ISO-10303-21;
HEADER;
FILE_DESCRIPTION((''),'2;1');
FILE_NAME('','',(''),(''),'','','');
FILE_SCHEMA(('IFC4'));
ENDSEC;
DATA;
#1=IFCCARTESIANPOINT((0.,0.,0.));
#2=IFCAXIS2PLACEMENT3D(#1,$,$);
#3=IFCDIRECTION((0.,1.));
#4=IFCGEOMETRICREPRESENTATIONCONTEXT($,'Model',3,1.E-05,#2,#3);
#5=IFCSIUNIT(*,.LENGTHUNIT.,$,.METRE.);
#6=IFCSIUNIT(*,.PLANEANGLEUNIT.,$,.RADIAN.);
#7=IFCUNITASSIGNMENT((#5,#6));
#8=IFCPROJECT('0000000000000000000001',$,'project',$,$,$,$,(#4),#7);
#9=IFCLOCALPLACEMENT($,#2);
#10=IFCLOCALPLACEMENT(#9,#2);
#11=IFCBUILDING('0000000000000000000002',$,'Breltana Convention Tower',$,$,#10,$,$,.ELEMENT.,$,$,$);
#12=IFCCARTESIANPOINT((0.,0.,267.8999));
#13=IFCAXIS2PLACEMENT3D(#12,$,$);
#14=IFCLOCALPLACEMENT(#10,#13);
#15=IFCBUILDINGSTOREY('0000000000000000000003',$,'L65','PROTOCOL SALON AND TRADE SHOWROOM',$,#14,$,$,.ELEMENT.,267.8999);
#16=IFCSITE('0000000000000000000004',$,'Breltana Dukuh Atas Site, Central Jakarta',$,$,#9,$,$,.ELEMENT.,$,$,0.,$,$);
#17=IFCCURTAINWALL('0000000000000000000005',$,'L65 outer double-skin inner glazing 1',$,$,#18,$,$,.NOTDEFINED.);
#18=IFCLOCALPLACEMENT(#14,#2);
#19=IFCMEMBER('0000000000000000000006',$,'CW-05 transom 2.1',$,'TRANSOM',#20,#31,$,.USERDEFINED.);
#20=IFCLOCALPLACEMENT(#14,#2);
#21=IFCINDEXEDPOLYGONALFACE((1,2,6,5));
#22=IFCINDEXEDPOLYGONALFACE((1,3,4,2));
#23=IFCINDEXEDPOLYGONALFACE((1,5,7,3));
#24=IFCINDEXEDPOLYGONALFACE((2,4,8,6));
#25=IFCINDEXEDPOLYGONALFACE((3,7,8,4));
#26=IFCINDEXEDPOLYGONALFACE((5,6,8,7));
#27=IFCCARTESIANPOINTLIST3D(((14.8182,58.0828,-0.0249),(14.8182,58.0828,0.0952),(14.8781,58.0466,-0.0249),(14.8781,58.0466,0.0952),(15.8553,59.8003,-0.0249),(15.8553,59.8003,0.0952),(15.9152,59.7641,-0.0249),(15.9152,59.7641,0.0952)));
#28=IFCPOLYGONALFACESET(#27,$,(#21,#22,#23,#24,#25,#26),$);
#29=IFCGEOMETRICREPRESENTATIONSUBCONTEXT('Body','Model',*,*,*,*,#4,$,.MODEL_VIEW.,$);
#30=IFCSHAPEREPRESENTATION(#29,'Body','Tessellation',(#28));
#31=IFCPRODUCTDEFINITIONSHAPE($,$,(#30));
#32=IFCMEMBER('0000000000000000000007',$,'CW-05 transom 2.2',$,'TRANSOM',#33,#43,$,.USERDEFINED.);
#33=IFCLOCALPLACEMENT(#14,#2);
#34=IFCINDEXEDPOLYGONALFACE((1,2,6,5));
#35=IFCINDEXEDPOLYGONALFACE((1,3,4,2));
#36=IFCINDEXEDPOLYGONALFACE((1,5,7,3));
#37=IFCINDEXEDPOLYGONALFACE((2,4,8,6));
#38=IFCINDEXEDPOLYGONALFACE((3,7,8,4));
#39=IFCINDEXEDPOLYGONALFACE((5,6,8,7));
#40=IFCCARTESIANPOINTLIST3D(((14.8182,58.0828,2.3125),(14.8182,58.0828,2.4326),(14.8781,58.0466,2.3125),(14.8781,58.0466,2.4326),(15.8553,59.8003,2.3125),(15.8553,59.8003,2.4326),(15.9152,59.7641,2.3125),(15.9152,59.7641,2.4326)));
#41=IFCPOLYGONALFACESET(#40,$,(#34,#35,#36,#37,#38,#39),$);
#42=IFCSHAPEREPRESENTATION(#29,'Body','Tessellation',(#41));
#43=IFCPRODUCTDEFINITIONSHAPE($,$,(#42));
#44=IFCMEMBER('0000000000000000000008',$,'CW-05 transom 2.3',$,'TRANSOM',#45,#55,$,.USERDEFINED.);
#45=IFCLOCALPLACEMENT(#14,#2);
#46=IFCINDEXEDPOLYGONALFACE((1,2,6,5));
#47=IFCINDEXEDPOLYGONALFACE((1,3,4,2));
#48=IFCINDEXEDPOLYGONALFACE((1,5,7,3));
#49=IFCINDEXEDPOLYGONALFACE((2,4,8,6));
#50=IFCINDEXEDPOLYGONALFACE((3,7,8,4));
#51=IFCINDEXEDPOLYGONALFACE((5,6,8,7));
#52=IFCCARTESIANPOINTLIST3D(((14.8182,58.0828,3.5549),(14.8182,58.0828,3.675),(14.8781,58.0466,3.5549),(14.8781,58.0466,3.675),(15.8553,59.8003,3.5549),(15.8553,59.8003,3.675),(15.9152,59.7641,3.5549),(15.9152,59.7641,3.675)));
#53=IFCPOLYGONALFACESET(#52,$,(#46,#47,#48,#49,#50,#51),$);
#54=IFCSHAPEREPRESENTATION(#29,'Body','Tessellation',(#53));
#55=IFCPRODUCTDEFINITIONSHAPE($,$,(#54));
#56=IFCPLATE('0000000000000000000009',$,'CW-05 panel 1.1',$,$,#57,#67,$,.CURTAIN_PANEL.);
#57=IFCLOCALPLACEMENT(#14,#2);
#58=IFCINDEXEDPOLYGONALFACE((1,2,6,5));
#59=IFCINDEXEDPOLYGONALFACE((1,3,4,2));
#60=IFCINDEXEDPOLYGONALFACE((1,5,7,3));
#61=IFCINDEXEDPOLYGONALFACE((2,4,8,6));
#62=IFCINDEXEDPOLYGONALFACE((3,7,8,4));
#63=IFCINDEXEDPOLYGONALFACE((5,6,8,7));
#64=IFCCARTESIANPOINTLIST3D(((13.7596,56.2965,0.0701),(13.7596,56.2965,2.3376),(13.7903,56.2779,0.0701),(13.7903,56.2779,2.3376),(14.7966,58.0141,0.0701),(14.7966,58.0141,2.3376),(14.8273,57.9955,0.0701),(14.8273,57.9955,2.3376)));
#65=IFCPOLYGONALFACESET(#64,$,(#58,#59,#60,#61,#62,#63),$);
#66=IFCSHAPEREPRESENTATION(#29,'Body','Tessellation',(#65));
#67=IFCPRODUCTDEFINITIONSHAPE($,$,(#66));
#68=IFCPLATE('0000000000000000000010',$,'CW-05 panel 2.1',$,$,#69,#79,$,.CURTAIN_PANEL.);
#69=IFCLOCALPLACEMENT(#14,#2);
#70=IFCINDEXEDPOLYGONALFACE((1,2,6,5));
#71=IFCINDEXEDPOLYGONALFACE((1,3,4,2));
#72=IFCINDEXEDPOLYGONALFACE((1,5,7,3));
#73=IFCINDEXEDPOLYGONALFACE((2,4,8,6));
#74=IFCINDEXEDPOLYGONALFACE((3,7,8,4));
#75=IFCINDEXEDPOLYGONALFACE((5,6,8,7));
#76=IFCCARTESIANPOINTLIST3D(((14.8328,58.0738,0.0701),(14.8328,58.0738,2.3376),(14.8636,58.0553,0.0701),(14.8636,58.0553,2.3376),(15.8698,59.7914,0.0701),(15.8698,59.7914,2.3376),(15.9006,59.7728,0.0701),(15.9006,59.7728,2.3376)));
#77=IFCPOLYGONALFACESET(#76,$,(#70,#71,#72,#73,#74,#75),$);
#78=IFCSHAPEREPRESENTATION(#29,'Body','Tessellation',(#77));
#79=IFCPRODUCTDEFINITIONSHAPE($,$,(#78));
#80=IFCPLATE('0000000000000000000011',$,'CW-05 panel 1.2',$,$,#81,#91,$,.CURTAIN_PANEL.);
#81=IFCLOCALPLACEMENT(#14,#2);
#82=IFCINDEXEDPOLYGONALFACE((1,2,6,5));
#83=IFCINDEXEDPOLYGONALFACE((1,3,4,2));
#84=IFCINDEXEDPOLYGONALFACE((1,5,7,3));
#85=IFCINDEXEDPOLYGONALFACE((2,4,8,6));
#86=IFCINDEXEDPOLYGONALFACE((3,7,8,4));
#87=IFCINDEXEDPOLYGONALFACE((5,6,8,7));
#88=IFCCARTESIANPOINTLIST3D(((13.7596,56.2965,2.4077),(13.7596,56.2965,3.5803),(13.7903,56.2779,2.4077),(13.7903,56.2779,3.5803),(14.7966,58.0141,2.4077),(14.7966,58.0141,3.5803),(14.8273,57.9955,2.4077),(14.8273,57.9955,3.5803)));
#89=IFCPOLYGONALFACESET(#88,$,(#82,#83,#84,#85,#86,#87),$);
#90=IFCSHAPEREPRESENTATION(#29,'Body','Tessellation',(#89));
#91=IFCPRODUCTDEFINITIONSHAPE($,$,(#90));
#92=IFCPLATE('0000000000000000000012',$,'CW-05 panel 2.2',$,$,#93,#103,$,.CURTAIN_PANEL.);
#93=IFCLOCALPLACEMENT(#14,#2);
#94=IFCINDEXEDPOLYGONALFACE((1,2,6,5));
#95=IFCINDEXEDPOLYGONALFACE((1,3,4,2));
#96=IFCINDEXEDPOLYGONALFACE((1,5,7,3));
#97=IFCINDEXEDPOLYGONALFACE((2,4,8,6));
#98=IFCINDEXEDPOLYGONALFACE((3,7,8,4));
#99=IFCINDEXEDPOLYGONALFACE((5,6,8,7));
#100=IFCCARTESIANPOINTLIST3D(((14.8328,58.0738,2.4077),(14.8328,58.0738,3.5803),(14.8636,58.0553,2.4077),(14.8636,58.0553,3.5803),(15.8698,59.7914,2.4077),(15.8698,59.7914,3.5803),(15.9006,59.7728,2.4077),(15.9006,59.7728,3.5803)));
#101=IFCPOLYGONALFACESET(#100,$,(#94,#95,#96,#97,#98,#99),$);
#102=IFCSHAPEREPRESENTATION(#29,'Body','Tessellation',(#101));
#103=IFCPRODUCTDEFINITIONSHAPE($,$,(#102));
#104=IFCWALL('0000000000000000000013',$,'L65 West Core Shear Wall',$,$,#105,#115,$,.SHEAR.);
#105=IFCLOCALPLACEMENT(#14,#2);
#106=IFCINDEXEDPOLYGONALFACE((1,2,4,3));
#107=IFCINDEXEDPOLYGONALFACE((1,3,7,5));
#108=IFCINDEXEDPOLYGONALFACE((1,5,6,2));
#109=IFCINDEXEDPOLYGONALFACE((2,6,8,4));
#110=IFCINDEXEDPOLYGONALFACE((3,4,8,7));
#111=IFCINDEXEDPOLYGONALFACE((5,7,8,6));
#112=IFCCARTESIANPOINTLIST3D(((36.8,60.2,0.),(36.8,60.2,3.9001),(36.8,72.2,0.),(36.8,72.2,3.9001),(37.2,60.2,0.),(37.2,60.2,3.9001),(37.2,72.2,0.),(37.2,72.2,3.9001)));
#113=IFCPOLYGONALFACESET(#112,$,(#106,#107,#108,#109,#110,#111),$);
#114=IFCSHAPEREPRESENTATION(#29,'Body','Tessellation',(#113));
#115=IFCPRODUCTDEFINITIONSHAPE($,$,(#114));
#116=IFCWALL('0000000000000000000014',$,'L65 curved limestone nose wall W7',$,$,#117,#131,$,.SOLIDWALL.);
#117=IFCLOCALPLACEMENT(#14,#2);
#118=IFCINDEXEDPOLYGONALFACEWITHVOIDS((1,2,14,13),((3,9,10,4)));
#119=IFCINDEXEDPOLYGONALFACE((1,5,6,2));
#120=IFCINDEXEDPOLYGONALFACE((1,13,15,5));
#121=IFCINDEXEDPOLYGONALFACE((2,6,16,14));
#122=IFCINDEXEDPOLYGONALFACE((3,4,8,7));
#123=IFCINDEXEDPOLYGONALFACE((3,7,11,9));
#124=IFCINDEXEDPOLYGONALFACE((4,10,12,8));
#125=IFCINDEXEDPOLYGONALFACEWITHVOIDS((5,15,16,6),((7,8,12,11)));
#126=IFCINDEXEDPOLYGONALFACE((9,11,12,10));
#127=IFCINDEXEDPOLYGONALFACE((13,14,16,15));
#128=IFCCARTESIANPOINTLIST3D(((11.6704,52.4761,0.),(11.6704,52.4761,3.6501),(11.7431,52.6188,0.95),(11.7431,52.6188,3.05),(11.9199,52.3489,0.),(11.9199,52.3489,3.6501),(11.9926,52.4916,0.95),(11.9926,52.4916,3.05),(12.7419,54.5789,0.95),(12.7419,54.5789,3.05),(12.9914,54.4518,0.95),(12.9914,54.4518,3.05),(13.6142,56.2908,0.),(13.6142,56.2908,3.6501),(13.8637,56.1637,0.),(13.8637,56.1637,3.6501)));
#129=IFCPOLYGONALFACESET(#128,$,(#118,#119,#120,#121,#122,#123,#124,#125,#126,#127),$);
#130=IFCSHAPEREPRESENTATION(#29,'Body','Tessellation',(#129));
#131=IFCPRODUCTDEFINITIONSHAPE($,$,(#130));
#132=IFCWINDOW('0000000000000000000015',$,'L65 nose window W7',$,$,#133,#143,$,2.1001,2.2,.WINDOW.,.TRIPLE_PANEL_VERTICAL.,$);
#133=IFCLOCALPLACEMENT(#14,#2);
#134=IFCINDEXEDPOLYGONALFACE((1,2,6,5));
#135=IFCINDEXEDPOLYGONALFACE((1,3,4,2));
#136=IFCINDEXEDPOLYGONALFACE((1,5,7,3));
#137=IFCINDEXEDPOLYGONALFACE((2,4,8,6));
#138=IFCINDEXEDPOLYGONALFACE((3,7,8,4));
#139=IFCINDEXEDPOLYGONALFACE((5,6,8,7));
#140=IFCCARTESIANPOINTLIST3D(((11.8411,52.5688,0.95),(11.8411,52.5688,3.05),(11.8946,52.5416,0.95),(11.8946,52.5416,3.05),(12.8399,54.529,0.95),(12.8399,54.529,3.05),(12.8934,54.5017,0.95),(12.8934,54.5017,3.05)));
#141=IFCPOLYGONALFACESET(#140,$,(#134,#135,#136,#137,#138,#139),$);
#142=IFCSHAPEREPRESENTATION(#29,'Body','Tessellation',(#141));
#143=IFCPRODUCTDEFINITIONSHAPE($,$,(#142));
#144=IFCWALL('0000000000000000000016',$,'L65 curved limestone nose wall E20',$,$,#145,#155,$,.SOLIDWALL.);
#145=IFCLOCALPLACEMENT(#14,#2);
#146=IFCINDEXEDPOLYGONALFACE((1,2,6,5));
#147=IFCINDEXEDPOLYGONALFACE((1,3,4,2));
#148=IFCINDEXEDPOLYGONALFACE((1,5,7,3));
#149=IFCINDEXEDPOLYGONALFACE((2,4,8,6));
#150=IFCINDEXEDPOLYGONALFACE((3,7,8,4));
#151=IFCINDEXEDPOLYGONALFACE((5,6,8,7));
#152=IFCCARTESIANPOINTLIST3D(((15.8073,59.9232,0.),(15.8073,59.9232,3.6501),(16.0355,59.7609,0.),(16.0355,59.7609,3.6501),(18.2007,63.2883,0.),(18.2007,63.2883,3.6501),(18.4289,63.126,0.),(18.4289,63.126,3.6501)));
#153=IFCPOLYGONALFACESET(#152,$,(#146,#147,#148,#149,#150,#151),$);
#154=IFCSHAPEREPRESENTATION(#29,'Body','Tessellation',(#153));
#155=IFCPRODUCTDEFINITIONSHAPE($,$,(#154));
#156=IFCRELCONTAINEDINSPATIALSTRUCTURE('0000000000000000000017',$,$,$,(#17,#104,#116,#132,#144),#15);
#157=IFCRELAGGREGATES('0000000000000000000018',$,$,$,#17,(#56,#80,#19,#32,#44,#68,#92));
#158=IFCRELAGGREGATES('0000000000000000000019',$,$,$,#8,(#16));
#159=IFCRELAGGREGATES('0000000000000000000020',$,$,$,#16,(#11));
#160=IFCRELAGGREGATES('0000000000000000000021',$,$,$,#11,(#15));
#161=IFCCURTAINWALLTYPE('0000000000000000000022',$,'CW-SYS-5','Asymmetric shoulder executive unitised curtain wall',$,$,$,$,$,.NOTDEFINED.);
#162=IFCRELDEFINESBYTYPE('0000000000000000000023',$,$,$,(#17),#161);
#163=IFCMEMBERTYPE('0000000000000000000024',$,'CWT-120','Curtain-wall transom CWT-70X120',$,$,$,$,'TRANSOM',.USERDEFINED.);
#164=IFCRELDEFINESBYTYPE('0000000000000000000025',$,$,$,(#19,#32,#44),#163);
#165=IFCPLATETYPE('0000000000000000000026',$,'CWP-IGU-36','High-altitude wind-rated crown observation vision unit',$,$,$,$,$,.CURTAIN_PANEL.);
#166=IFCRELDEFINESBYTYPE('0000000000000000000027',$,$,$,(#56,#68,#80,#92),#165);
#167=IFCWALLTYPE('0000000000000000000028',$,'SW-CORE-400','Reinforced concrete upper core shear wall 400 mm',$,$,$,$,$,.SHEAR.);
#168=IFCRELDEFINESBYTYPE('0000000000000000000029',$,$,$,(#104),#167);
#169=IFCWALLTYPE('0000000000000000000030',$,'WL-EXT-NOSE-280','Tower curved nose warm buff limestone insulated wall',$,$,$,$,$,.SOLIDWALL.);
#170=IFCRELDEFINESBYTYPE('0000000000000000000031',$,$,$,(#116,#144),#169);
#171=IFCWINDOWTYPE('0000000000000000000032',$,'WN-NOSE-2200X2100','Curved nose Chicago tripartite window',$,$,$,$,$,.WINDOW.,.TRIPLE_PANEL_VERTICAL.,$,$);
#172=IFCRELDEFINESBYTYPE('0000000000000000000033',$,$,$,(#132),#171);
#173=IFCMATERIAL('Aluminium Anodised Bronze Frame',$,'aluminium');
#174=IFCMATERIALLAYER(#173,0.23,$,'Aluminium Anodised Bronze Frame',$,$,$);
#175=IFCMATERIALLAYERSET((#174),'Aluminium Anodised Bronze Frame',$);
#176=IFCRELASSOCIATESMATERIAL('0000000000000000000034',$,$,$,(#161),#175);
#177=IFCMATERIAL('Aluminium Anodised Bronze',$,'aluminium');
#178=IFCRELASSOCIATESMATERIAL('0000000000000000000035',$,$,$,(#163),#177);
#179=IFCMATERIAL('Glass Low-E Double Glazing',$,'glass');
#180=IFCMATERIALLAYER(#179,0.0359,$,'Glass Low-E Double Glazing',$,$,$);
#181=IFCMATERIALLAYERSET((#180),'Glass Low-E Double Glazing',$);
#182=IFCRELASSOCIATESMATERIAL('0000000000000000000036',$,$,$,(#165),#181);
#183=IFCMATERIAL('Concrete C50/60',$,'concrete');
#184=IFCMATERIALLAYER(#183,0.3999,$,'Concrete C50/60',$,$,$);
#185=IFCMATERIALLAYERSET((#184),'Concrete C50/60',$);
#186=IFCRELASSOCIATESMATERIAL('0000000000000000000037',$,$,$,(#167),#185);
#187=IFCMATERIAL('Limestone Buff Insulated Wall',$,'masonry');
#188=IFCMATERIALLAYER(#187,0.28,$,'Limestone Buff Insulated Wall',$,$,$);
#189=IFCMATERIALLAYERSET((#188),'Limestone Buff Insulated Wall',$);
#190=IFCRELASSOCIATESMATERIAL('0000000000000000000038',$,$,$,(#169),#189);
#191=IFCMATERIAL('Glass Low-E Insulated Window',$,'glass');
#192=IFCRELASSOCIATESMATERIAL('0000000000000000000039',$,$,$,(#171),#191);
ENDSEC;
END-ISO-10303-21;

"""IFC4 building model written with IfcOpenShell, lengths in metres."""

from ifc_helpers import new_model, si_unit, direction, frame, frame_2d, origin, origin_2d, place, context, subcontext, project, spatial, rectangle, extrude, source, transform, mapped, material, layer, layer_set, material_profile, profile_set, type_object, type_shapes, element, fill, aggregate, save


model = new_model("IFC4")

# Units and contexts
model_context = context("Model", 3, precision=1e-05, world=origin(), true_north=direction((0.0, 1.0)))
body_context = subcontext(model_context, "Body", "Model", "MODEL_VIEW")
ifc_project = project(units=[si_unit("LENGTHUNIT", "METRE"), si_unit("PLANEANGLEUNIT", "RADIAN")], contexts=[model_context])

# Site, building, storey
site_placement = place(None, origin())
site = spatial("IfcSite", under=ifc_project, at=site_placement, Name="Breltana Dukuh Atas Site, Central Jakarta", CompositionType="ELEMENT", RefElevation=0.0)
building_placement = place(site_placement, origin())
building = spatial("IfcBuilding", under=site, at=building_placement, Name="Breltana Convention Tower", CompositionType="ELEMENT")
storey_placement = place(building_placement, frame((0.0, 0.0, 267.8999)))
storey = spatial("IfcBuildingStorey", under=building, at=storey_placement, Name="L65", Description="PROTOCOL SALON AND TRADE SHOWROOM", CompositionType="ELEMENT", Elevation=267.8999)

# Shared definitions
ifc_material_1 = material(Name="Concrete C50/60", Category="concrete")

# Curtain wall, members, plates
ifc_material_2 = material(Name="Aluminium Anodised Bronze Frame", Category="aluminium")
ifc_layer_1 = layer(ifc_material_2, 0.23, Name="Aluminium Anodised Bronze Frame")
ifc_layer_set_1 = layer_set([ifc_layer_1], Name="Aluminium Anodised Bronze Frame")
curtain_wall_type = type_object("IfcCurtainWallType", Name="CW-SYS-5", Description="Asymmetric shoulder executive unitised curtain wall", PredefinedType="NOTDEFINED", material=ifc_layer_set_1)
curtain_wall_placement = place(storey_placement, origin())
curtain_wall = element("IfcCurtainWall", 1, at=curtain_wall_placement, inside=storey, type_object=curtain_wall_type, Name="L65 outer double-skin inner glazing 1", PredefinedType="NOTDEFINED")
ifc_material_3 = material(Name="Aluminium Anodised Bronze", Category="aluminium")
ifc_material_profile_1 = material_profile(ifc_material_3, rectangle(XDim=0.0701, YDim=0.1201, at=origin_2d()), Name="CWT-70X120")
ifc_profile_set_1 = profile_set([ifc_material_profile_1], Name="Aluminium Anodised Bronze")
member_type_1 = type_object("IfcMemberType", Name="CWT-120", Description="Curtain-wall transom CWT-70X120", ElementType="TRANSOM", PredefinedType="USERDEFINED", material=ifc_profile_set_1)
shared_shape_1 = source(origin(), body_context, "Body", "SweptSolid", [
    extrude(rectangle(XDim=0.0701, YDim=0.1201, at=origin_2d()), origin(), (0.0, 0.0, 1.0), 2.0063),
])
member_1_placement = place(storey_placement, frame((14.8481, 58.0647, 0.0352), z_axis=(0.516909, 0.85604, 0.0), x_axis=(-0.85604, 0.516909, 0.0)))
member_1 = element("IfcMember", 2, at=member_1_placement, type_object=member_type_1, Name="CW-05 transom 2.1", ObjectType="TRANSOM", PredefinedType="USERDEFINED", context=body_context, shape_type="MappedRepresentation", body=[
    mapped(shared_shape_1, transform((0.0, 0.0, 0.0), scale=1.0)),
])
member_2_placement = place(storey_placement, frame((14.8481, 58.0647, 2.3726), z_axis=(0.516909, 0.85604, 0.0), x_axis=(-0.85604, 0.516909, 0.0)))
member_2 = element("IfcMember", 3, at=member_2_placement, type_object=member_type_1, Name="CW-05 transom 2.2", ObjectType="TRANSOM", PredefinedType="USERDEFINED", context=body_context, shape_type="MappedRepresentation", body=[
    mapped(shared_shape_1, transform((0.0, 0.0, 0.0), scale=1.0)),
])
member_3_placement = place(storey_placement, frame((14.8481, 58.0647, 3.615), z_axis=(0.516909, 0.85604, 0.0), x_axis=(-0.85604, 0.516909, 0.0)))
member_3 = element("IfcMember", 4, at=member_3_placement, type_object=member_type_1, Name="CW-05 transom 2.3", ObjectType="TRANSOM", PredefinedType="USERDEFINED", context=body_context, shape_type="MappedRepresentation", body=[
    mapped(shared_shape_1, transform((0.0, 0.0, 0.0), scale=1.0)),
])
ifc_material_4 = material(Name="Glass Low-E Double Glazing", Category="glass")
ifc_layer_2 = layer(ifc_material_4, 0.0359, Name="Glass Low-E Double Glazing")
ifc_layer_set_2 = layer_set([ifc_layer_2], Name="Glass Low-E Double Glazing")
plate_type = type_object("IfcPlateType", Name="CWP-IGU-36", Description="High-altitude wind-rated crown observation vision unit", PredefinedType="CURTAIN_PANEL", material=ifc_layer_set_2)
shared_shape_2 = source(origin(), body_context, "Body", "SweptSolid", [
    extrude(rectangle(XDim=2.0063, YDim=0.0359, at=origin_2d()), origin(), (0.0, 0.0, 1.0), 2.2676),
])
plate_1_placement = place(storey_placement, frame((14.2935, 57.146, 0.0701), z_axis=(0.0, 0.0, 1.0), x_axis=(0.516865, 0.856067, 0.0)))
plate_1 = element("IfcPlate", 5, at=plate_1_placement, type_object=plate_type, Name="CW-05 panel 1.1", PredefinedType="CURTAIN_PANEL", context=body_context, shape_type="MappedRepresentation", body=[
    mapped(shared_shape_2, transform((0.0, 0.0, 0.0), scale=1.0)),
])
plate_2_placement = place(storey_placement, frame((15.3667, 58.9233, 0.0701), z_axis=(0.0, 0.0, 1.0), x_axis=(0.516865, 0.856067, 0.0)))
plate_2 = element("IfcPlate", 6, at=plate_2_placement, type_object=plate_type, Name="CW-05 panel 2.1", PredefinedType="CURTAIN_PANEL", context=body_context, shape_type="MappedRepresentation", body=[
    mapped(shared_shape_2, transform((0.0, 0.0, 0.0), scale=1.0)),
])
shared_shape_3 = source(origin(), body_context, "Body", "SweptSolid", [
    extrude(rectangle(XDim=2.0063, YDim=0.0359, at=origin_2d()), origin(), (0.0, 0.0, 1.0), 1.1726),
])
plate_3_placement = place(storey_placement, frame((14.2935, 57.146, 2.4077), z_axis=(0.0, 0.0, 1.0), x_axis=(0.516865, 0.856067, 0.0)))
plate_3 = element("IfcPlate", 7, at=plate_3_placement, type_object=plate_type, Name="CW-05 panel 1.2", PredefinedType="CURTAIN_PANEL", context=body_context, shape_type="MappedRepresentation", body=[
    mapped(shared_shape_3, transform((0.0, 0.0, 0.0), scale=1.0)),
])
plate_4_placement = place(storey_placement, frame((15.3667, 58.9233, 2.4077), z_axis=(0.0, 0.0, 1.0), x_axis=(0.516865, 0.856067, 0.0)))
plate_4 = element("IfcPlate", 8, at=plate_4_placement, type_object=plate_type, Name="CW-05 panel 2.2", PredefinedType="CURTAIN_PANEL", context=body_context, shape_type="MappedRepresentation", body=[
    mapped(shared_shape_3, transform((0.0, 0.0, 0.0), scale=1.0)),
])
aggregate(curtain_wall, [plate_1, plate_3, member_1, member_2, member_3, plate_2, plate_4])

# Wall
ifc_layer_3 = layer(ifc_material_1, 0.3999, Name="Concrete C50/60")
ifc_layer_set_3 = layer_set([ifc_layer_3], Name="Concrete C50/60")
wall_type_1 = type_object("IfcWallType", Name="SW-CORE-400", Description="Reinforced concrete upper core shear wall 400 mm", PredefinedType="SHEAR", material=ifc_layer_set_3)
shared_shape_4 = source(origin(), body_context, "Body", "SweptSolid", [
    extrude(rectangle(XDim=12.0, YDim=0.3999, at=frame_2d((6.0, 0.0))), origin(), (0.0, 0.0, 1.0), 3.9001),
])
wall_1_placement = place(storey_placement, frame((37.0, 60.2, 0.0), z_axis=(0.0, 0.0, 1.0), x_axis=(0.0, 1.0, 0.0)))
element("IfcWall", 9, at=wall_1_placement, inside=storey, type_object=wall_type_1, Name="L65 West Core Shear Wall", PredefinedType="SHEAR", context=body_context, shape_type="MappedRepresentation", body=[
    mapped(shared_shape_4, transform((0.0, 0.0, 0.0), scale=1.0)),
])

# Wall, opening, window
ifc_material_5 = material(Name="Limestone Buff Insulated Wall", Category="masonry")
ifc_layer_4 = layer(ifc_material_5, 0.28, Name="Limestone Buff Insulated Wall")
ifc_layer_set_4 = layer_set([ifc_layer_4], Name="Limestone Buff Insulated Wall")
wall_type_2 = type_object("IfcWallType", Name="WL-EXT-NOSE-280", Description="Tower curved nose warm buff limestone insulated wall", PredefinedType="SOLIDWALL", material=ifc_layer_set_4)
shared_shape_5 = source(origin(), body_context, "Body", "SweptSolid", [
    extrude(rectangle(XDim=4.2815, YDim=0.28, at=frame_2d((2.1406, 0.0))), origin(), (0.0, 0.0, 1.0), 3.6501),
])
wall_2_placement = place(storey_placement, frame((11.7952, 52.4126, 0.0), z_axis=(0.0, 0.0, 1.0), x_axis=(0.454021, 0.890991, 0.0)))
wall_2 = element("IfcWall", 10, at=wall_2_placement, inside=storey, type_object=wall_type_2, Name="L65 curved limestone nose wall W7", PredefinedType="SOLIDWALL", context=body_context, shape_type="MappedRepresentation", body=[
    mapped(shared_shape_5, transform((0.0, 0.0, 0.0), scale=1.0)),
])
opening_1_placement = place(wall_2_placement, frame((0.1599, 0.0, 0.95)))
opening_1 = element("IfcOpeningElement", 11, at=opening_1_placement, cuts=wall_2, PredefinedType="OPENING", context=body_context, shape_type="SweptSolid", body=[
    extrude(rectangle(XDim=2.2, YDim=2.1001, at=frame_2d((1.1001, 1.05))), frame((0.0, 0.1499, 0.0), z_axis=(0.0, -1.0, 0.0), x_axis=(1.0, 0.0, 0.0)), (0.0, 0.0, 1.0), 0.3),
])
ifc_material_6 = material(Name="Glass Low-E Insulated Window", Category="glass")
window_type = type_object("IfcWindowType", Name="WN-NOSE-2200X2100", Description="Curved nose Chicago tripartite window", PartitioningType="TRIPLE_PANEL_VERTICAL", PredefinedType="WINDOW", material=ifc_material_6)
shared_shape_6 = source(origin(), body_context, "Body", "SweptSolid", [
    extrude(rectangle(XDim=2.2, YDim=2.1001, at=frame_2d((1.1001, 1.05))), frame((0.0, 0.03, 0.0), z_axis=(0.0, -1.0, 0.0), x_axis=(1.0, 0.0, 0.0)), (0.0, 0.0, 1.0), 0.0601),
])
type_shapes(window_type, [shared_shape_6])
window_placement = place(opening_1_placement, origin())
window = element("IfcWindow", 12, at=window_placement, inside=storey, type_object=window_type, Name="L65 nose window W7", OverallHeight=2.1001, OverallWidth=2.2, PartitioningType="TRIPLE_PANEL_VERTICAL", PredefinedType="WINDOW", context=body_context, shape_type="MappedRepresentation", body=[
    mapped(shared_shape_6, transform((0.0, 0.0, 0.0), scale=1.0)),
])
fill(opening_1, window)

# Wall
shared_shape_7 = source(origin(), body_context, "Body", "SweptSolid", [
    extrude(rectangle(XDim=4.1294, YDim=0.28, at=frame_2d((2.0647, 0.0))), origin(), (0.0, 0.0, 1.0), 3.6501),
])
wall_3_placement = place(storey_placement, frame((15.9214, 59.842, 0.0), z_axis=(0.0, 0.0, 1.0), x_axis=(0.579593, 0.814906, 0.0)))
element("IfcWall", 13, at=wall_3_placement, inside=storey, type_object=wall_type_2, Name="L65 curved limestone nose wall E20", PredefinedType="SOLIDWALL", context=body_context, shape_type="MappedRepresentation", body=[
    mapped(shared_shape_7, transform((0.0, 0.0, 0.0), scale=1.0)),
])

save(model, "model.ifc")
